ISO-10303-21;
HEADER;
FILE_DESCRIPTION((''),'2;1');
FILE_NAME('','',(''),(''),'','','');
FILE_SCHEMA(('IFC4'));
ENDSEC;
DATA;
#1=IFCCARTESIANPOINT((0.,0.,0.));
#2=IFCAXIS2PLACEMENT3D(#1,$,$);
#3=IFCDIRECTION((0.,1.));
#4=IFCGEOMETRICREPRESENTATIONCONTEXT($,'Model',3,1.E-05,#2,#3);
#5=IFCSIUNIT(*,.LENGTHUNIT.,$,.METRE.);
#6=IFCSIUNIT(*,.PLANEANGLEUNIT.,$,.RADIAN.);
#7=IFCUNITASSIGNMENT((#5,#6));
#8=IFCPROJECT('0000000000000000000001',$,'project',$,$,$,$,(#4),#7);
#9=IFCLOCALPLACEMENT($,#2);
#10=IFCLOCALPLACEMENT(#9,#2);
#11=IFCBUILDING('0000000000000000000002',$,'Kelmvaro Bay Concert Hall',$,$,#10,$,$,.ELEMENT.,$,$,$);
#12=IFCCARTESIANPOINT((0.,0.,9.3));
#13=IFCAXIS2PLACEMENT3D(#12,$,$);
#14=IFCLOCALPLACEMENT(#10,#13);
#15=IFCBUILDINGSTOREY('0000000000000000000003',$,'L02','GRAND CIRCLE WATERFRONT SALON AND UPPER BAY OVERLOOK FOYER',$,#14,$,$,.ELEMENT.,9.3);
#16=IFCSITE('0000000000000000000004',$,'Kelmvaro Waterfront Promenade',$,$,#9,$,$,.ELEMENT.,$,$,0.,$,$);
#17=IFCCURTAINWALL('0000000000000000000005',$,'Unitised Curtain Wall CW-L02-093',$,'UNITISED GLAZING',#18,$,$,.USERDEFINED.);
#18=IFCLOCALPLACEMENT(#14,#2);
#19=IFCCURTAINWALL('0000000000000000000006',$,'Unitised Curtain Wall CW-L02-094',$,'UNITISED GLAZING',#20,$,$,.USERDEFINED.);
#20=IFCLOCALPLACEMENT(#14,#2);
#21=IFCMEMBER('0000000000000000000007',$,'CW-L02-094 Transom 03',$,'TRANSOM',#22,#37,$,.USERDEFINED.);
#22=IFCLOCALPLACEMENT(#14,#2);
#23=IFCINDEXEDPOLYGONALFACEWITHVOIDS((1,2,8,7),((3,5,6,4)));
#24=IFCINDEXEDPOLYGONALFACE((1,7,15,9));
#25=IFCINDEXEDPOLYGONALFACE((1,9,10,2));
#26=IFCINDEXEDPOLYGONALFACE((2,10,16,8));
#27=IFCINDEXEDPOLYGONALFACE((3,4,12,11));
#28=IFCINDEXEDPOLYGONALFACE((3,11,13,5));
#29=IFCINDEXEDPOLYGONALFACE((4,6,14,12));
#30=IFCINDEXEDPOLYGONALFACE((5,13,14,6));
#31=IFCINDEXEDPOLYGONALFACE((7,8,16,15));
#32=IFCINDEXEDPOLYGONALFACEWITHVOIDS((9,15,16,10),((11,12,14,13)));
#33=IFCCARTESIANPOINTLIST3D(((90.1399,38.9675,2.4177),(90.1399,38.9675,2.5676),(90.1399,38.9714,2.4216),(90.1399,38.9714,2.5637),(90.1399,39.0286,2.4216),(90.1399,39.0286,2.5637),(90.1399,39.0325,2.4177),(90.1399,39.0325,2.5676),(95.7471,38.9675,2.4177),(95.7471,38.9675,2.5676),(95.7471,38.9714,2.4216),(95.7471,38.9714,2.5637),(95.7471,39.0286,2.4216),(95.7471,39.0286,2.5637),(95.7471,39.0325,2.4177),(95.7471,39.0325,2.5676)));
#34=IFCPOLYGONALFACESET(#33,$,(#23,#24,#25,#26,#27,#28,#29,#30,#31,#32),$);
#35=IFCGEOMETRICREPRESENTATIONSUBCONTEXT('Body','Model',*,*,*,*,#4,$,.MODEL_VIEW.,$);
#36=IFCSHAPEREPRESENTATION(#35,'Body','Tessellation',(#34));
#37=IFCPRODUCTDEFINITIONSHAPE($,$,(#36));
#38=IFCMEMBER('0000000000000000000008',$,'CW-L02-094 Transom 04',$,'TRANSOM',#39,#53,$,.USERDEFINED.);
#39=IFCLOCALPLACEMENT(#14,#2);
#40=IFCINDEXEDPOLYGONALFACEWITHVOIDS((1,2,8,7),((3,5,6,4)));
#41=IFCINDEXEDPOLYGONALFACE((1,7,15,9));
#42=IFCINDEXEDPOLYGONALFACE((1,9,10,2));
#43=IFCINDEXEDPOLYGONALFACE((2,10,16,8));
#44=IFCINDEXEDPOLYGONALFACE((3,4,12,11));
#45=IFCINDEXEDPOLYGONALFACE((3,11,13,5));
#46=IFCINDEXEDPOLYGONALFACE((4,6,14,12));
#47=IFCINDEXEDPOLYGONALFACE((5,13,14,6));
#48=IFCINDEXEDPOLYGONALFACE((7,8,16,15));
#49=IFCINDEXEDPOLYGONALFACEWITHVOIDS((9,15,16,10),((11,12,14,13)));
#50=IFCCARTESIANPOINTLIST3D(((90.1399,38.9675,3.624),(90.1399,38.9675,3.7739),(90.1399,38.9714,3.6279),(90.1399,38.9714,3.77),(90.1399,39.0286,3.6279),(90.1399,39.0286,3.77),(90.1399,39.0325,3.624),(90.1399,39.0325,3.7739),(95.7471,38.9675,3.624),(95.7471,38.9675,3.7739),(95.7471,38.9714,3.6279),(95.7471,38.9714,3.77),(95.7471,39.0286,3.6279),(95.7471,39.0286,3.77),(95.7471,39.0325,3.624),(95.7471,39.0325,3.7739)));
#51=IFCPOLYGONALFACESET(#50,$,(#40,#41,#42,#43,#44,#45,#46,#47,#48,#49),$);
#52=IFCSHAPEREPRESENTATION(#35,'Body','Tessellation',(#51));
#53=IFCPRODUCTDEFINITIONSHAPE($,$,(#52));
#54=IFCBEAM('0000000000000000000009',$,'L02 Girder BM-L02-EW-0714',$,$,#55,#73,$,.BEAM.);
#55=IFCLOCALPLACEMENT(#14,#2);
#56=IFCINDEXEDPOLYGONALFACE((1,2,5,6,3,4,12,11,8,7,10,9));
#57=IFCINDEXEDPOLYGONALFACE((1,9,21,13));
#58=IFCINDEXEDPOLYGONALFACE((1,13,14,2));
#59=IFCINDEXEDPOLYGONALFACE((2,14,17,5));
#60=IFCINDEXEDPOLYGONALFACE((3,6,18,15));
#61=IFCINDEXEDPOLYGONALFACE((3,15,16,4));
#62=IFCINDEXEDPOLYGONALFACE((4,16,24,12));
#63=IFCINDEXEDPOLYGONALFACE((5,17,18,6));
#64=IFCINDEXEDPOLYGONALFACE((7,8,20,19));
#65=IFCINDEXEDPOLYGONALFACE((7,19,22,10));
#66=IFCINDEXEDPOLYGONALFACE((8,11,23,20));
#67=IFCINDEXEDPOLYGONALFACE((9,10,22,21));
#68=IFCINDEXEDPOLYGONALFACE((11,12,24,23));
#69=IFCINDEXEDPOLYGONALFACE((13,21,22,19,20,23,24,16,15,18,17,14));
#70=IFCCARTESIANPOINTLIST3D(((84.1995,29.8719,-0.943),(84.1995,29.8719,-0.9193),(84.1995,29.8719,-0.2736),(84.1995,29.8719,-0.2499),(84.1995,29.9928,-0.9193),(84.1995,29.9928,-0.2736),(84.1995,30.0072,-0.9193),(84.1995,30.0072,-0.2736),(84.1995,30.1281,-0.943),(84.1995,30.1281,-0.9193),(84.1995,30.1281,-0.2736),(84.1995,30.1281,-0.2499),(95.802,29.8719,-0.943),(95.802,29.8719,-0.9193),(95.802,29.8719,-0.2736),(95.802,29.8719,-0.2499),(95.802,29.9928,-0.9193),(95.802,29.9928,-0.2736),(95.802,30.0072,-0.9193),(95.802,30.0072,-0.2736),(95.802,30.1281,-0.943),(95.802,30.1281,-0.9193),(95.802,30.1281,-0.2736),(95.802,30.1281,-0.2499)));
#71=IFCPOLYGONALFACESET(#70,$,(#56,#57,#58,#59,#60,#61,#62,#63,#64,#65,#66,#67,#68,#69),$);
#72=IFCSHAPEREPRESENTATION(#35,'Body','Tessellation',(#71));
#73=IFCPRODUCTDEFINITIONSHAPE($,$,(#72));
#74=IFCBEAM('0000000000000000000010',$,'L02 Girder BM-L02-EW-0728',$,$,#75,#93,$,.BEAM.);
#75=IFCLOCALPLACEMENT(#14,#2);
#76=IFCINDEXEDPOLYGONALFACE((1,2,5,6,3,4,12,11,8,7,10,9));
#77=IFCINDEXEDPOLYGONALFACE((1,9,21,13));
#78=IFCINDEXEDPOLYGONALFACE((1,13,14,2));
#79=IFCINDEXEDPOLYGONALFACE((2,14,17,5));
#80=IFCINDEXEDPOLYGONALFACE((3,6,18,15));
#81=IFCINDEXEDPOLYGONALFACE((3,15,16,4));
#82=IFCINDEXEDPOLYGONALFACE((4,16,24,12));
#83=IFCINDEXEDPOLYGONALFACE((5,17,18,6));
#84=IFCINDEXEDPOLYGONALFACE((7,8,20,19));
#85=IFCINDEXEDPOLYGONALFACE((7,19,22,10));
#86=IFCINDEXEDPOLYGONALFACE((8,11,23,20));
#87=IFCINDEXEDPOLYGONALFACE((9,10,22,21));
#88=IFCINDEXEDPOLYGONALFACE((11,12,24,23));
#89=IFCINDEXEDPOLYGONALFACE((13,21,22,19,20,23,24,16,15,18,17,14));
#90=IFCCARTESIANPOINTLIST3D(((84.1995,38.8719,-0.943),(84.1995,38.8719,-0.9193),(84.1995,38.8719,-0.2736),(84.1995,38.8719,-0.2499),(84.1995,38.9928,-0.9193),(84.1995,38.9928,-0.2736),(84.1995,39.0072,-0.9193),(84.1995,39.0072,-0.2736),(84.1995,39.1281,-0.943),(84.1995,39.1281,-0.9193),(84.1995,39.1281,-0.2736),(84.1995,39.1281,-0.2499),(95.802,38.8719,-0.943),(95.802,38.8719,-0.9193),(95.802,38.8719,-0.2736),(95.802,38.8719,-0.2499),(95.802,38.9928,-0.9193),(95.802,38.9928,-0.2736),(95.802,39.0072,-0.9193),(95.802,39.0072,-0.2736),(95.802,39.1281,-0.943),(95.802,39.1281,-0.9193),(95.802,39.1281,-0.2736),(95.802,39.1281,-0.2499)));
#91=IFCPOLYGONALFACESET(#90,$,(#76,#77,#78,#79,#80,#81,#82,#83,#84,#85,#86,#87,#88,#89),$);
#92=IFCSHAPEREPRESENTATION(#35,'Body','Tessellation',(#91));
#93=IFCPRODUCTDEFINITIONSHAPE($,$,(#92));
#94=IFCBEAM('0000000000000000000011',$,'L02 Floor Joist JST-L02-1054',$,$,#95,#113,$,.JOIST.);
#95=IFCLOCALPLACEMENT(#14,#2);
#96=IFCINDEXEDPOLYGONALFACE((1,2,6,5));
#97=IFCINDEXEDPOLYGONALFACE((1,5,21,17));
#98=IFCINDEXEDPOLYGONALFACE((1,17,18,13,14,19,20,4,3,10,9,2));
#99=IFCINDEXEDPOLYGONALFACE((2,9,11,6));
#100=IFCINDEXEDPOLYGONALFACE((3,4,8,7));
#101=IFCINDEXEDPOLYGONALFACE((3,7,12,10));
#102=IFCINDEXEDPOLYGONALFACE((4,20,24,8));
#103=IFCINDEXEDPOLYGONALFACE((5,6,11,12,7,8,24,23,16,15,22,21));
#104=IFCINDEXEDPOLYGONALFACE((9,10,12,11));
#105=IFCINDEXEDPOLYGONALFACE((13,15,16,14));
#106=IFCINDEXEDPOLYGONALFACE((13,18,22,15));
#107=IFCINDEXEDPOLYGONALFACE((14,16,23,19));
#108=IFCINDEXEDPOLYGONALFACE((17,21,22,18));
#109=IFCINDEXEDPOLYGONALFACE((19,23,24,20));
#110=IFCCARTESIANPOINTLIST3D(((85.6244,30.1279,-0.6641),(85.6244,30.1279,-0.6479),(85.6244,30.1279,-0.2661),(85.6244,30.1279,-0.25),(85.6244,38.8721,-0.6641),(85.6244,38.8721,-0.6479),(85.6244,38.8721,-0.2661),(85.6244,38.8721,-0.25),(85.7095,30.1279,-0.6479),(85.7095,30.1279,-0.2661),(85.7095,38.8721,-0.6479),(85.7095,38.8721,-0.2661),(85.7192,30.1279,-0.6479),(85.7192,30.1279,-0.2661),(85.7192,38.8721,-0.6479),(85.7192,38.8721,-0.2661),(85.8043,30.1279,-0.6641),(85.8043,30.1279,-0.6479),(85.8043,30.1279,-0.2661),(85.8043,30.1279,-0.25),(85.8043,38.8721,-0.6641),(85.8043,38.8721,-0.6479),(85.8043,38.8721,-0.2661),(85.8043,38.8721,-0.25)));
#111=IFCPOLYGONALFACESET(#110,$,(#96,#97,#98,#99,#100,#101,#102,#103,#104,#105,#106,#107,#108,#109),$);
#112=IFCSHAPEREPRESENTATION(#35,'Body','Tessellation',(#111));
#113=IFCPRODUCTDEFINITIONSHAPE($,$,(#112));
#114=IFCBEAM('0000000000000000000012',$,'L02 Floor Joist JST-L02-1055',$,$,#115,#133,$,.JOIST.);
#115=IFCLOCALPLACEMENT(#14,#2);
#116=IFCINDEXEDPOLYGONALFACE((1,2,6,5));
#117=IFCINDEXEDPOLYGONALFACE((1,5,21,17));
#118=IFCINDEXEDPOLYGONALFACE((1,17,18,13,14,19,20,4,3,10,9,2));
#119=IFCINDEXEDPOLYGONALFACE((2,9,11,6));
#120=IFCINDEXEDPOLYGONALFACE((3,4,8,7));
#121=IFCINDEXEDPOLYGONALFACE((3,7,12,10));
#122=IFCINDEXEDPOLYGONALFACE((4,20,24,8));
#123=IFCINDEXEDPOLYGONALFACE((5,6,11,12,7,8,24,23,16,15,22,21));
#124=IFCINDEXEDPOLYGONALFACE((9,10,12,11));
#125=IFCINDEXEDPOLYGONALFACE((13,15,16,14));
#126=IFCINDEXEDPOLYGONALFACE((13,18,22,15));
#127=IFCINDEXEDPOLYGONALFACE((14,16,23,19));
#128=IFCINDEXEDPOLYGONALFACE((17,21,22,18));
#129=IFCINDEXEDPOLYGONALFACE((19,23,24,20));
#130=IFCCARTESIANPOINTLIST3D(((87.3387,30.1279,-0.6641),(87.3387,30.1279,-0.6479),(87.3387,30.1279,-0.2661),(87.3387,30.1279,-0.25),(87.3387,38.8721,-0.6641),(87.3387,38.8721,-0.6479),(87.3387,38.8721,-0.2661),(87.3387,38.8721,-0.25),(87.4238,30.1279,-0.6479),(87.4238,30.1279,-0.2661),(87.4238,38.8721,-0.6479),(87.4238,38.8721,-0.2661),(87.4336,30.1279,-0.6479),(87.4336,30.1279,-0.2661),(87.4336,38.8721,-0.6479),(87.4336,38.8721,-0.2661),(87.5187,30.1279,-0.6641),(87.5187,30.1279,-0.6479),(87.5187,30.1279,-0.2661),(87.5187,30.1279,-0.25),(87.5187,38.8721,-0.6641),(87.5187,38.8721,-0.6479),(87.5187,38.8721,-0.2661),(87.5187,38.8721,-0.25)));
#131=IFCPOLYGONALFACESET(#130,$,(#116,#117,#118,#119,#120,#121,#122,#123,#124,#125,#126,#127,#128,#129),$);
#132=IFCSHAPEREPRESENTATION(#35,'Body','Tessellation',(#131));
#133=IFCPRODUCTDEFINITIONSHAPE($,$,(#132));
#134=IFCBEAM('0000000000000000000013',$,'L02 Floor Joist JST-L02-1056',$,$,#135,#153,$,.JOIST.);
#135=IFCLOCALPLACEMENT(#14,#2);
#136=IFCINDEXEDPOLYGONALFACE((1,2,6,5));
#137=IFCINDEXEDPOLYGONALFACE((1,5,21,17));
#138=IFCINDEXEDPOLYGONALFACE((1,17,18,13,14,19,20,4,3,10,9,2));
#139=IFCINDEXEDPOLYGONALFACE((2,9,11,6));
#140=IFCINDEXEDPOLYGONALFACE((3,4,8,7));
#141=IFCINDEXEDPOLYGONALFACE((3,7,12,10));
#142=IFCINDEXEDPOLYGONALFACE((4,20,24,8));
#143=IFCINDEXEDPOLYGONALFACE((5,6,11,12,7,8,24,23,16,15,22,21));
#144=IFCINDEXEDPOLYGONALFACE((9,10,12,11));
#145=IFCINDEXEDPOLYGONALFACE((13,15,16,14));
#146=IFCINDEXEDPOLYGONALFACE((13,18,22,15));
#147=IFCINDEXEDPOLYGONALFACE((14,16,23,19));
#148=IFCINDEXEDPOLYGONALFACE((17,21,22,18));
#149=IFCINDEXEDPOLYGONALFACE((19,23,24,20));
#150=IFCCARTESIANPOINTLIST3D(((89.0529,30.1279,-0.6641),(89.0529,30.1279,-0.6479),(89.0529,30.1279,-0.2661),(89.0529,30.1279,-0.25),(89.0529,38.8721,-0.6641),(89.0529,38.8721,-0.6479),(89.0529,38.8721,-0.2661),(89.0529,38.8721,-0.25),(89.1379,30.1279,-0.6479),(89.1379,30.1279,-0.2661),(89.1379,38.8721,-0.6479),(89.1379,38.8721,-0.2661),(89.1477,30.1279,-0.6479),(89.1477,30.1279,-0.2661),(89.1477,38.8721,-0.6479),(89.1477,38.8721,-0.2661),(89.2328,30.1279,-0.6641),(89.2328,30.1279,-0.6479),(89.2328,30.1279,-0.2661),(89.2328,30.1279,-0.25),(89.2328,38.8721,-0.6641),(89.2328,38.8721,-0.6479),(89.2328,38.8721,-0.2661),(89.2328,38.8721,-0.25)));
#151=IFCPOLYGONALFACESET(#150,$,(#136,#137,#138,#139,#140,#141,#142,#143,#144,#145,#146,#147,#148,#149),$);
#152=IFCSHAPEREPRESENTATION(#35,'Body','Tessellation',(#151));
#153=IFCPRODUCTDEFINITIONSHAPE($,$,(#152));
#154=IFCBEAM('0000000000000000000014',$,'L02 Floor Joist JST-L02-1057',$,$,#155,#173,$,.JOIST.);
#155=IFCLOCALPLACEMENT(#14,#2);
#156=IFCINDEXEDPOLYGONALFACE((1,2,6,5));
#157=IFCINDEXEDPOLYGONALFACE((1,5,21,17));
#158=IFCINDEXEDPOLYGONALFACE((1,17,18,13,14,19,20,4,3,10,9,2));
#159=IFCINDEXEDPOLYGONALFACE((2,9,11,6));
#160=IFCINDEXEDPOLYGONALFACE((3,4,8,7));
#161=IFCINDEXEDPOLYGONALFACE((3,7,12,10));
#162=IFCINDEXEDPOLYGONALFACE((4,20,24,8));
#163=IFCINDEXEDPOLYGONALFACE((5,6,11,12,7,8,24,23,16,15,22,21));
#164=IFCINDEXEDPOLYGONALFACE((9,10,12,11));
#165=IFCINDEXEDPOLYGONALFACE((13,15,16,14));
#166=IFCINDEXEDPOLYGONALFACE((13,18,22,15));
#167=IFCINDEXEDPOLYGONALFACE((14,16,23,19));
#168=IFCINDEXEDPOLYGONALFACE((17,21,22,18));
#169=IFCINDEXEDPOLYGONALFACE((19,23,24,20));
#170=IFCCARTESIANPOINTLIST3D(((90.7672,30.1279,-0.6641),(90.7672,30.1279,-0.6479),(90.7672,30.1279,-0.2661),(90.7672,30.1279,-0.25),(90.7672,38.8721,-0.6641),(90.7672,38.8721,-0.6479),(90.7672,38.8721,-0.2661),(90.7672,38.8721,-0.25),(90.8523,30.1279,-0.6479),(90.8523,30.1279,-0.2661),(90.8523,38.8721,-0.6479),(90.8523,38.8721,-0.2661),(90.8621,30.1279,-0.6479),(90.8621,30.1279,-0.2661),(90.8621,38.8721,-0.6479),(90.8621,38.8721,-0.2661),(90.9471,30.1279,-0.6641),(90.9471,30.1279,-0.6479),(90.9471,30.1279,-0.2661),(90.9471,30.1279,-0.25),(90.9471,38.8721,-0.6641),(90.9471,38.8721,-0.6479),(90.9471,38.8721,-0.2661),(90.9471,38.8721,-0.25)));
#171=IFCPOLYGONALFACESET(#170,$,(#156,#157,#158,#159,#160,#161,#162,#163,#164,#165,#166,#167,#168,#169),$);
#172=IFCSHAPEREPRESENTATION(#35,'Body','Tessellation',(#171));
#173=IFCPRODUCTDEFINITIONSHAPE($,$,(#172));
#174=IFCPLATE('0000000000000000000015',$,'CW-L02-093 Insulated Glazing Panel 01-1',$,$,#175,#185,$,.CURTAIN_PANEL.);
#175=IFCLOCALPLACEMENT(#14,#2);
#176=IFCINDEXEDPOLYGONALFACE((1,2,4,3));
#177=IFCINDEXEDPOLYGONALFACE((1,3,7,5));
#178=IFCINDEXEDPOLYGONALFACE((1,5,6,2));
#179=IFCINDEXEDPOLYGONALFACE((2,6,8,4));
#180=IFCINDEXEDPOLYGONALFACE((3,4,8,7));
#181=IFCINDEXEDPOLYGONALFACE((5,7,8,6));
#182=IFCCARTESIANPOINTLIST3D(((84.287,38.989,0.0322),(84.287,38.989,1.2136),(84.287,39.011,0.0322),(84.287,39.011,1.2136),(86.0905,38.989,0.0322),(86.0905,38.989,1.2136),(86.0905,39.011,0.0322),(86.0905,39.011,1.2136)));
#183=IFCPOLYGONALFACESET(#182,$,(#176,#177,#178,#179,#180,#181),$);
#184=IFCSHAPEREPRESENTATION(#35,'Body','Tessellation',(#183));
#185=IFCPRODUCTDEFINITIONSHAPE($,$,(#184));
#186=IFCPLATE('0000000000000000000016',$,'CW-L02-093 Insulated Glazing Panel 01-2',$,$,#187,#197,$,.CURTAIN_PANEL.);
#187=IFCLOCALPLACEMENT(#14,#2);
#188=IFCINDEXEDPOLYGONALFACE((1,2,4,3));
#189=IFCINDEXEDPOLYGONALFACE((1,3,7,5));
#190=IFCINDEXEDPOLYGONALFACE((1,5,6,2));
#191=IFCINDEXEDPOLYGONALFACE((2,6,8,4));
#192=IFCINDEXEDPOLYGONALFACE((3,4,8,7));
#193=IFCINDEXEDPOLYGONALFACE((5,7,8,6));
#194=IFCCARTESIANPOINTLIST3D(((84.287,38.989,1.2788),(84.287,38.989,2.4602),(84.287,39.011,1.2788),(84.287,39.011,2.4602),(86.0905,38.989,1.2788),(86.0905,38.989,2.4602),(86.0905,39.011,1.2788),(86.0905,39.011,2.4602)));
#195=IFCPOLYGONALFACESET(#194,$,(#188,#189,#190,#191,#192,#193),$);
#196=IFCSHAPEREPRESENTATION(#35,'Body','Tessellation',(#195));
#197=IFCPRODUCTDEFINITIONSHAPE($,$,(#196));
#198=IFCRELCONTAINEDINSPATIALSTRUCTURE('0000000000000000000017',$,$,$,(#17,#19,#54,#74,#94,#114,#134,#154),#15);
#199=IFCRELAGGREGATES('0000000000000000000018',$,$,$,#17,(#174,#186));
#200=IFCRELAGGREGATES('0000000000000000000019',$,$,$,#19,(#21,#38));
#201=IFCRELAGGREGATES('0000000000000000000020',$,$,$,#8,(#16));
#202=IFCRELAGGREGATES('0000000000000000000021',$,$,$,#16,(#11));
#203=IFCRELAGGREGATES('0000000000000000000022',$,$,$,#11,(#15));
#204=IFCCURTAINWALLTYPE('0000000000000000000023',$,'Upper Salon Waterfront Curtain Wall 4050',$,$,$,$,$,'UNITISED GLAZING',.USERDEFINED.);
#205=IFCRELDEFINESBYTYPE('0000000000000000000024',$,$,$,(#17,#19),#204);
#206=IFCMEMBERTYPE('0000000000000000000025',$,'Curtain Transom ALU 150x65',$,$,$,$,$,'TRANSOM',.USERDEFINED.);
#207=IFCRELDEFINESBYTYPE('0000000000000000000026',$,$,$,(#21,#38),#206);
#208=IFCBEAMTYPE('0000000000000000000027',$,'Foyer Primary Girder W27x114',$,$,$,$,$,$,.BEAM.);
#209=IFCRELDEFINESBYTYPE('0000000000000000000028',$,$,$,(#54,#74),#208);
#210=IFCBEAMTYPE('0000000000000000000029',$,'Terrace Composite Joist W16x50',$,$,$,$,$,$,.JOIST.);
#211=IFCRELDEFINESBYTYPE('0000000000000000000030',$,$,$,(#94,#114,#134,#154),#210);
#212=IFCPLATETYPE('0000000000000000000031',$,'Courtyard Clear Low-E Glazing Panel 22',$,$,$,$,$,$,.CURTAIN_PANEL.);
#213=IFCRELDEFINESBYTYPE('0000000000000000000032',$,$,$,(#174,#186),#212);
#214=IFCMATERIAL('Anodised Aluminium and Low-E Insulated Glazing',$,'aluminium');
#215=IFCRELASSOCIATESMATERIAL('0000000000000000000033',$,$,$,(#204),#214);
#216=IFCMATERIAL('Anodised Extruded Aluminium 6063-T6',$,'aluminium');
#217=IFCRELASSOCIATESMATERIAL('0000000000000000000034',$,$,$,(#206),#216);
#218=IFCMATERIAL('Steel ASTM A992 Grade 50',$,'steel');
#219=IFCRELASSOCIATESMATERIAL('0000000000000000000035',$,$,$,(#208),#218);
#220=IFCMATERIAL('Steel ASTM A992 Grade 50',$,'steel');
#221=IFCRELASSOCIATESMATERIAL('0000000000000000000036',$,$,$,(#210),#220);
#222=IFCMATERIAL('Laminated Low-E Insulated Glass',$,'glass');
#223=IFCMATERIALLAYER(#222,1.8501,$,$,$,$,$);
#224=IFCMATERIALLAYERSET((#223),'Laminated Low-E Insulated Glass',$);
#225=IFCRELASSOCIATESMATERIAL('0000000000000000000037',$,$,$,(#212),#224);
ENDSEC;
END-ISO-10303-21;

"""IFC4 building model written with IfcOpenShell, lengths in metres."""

from ifc_helpers import new_model, si_unit, direction, frame, origin, origin_2d, place, context, subcontext, project, spatial, rectangle, hollow_rectangle, i_section, extrude, material, layer, layer_set, material_profile, profile_set, type_object, element, aggregate, save


model = new_model("IFC4")

# Units and contexts
model_context = context("Model", 3, precision=1e-05, world=origin(), true_north=direction((0.0, 1.0)))
body_context = subcontext(model_context, "Body", "Model", "MODEL_VIEW")
ifc_project = project(units=[si_unit("LENGTHUNIT", "METRE"), si_unit("PLANEANGLEUNIT", "RADIAN")], contexts=[model_context])

# Site, building, storey
site_placement = place(None, origin())
site = spatial("IfcSite", under=ifc_project, at=site_placement, Name="Kelmvaro Waterfront Promenade", CompositionType="ELEMENT", RefElevation=0.0)
building_placement = place(site_placement, origin())
building = spatial("IfcBuilding", under=site, at=building_placement, Name="Kelmvaro Bay Concert Hall", CompositionType="ELEMENT")
storey_placement = place(building_placement, frame((0.0, 0.0, 9.3)))
storey = spatial("IfcBuildingStorey", under=building, at=storey_placement, Name="L02", Description="GRAND CIRCLE WATERFRONT SALON AND UPPER BAY OVERLOOK FOYER", CompositionType="ELEMENT", Elevation=9.3)

# Curtain wall
ifc_material_1 = material(Name="Anodised Aluminium and Low-E Insulated Glazing", Category="aluminium")
curtain_wall_type = type_object("IfcCurtainWallType", Name="Upper Salon Waterfront Curtain Wall 4050", ElementType="UNITISED GLAZING", PredefinedType="USERDEFINED", material=ifc_material_1)
curtain_wall_1_placement = place(storey_placement, origin())
curtain_wall_1 = element("IfcCurtainWall", 1, at=curtain_wall_1_placement, inside=storey, type_object=curtain_wall_type, Name="Unitised Curtain Wall CW-L02-093", ObjectType="UNITISED GLAZING", PredefinedType="USERDEFINED")

# Curtain wall
curtain_wall_2_placement = place(storey_placement, origin())
curtain_wall_2 = element("IfcCurtainWall", 2, at=curtain_wall_2_placement, inside=storey, type_object=curtain_wall_type, Name="Unitised Curtain Wall CW-L02-094", ObjectType="UNITISED GLAZING", PredefinedType="USERDEFINED")

# Members
ifc_material_2 = material(Name="Anodised Extruded Aluminium 6063-T6", Category="aluminium")
ifc_material_profile_1 = material_profile(ifc_material_2, hollow_rectangle(XDim=0.0649, YDim=0.1499, WallThickness=0.0039, at=origin_2d()), Name="ALU-TRN-150X65")
ifc_profile_set_1 = profile_set([ifc_material_profile_1], Name="Anodised Extruded Aluminium 6063-T6")
member_type_1 = type_object("IfcMemberType", Name="Curtain Transom ALU 150x65", ElementType="TRANSOM", PredefinedType="USERDEFINED", material=ifc_profile_set_1)
member_1_placement = place(storey_placement, frame((90.1399, 39.0, 2.4927), z_axis=(1.0, 0.0, 0.0), x_axis=(0.0, 1.0, 0.0)))
member_1 = element("IfcMember", 3, at=member_1_placement, type_object=member_type_1, Name="CW-L02-094 Transom 03", ObjectType="TRANSOM", PredefinedType="USERDEFINED", context=body_context, shape_type="SweptSolid", body=[
    extrude(hollow_rectangle(XDim=0.0649, YDim=0.1499, WallThickness=0.0039, at=origin_2d()), origin(), (0.0, 0.0, 1.0), 5.6072),
])
member_2_placement = place(storey_placement, frame((90.1399, 39.0, 3.699), z_axis=(1.0, 0.0, 0.0), x_axis=(0.0, 1.0, 0.0)))
member_2 = element("IfcMember", 4, at=member_2_placement, type_object=member_type_1, Name="CW-L02-094 Transom 04", ObjectType="TRANSOM", PredefinedType="USERDEFINED", context=body_context, shape_type="SweptSolid", body=[
    extrude(hollow_rectangle(XDim=0.0649, YDim=0.1499, WallThickness=0.0039, at=origin_2d()), origin(), (0.0, 0.0, 1.0), 5.6072),
])

# Beams
ifc_material_3 = material(Name="Steel ASTM A992 Grade 50", Category="steel")
ifc_material_profile_2 = material_profile(ifc_material_3, i_section(OverallWidth=0.2561, OverallDepth=0.6931, WebThickness=0.0144, FlangeThickness=0.0237, at=origin_2d()), Name="W27X114")
ifc_profile_set_2 = profile_set([ifc_material_profile_2], Name="Steel ASTM A992 Grade 50")
beam_type_1 = type_object("IfcBeamType", Name="Foyer Primary Girder W27x114", PredefinedType="BEAM", material=ifc_profile_set_2)
for number, where, z_axis, x_axis, name in (
    (5, (84.1995, 30.0, -0.5964), (1.0, 0.0, 0.0), (0.0, 1.0, 0.0), "L02 Girder BM-L02-EW-0714"),
    (6, (84.1995, 39.0, -0.5964), (1.0, 0.0, 0.0), (0.0, 1.0, 0.0), "L02 Girder BM-L02-EW-0728"),
):
    element("IfcBeam", number, at=place(storey_placement, frame(where, z_axis=z_axis, x_axis=x_axis)), inside=storey, type_object=beam_type_1, Name=name, PredefinedType="BEAM", context=body_context, shape_type="SweptSolid", body=[
        extrude(i_section(OverallWidth=0.2561, OverallDepth=0.6931, WebThickness=0.0144, FlangeThickness=0.0237, at=origin_2d()), origin(), (0.0, 0.0, 1.0), 11.6025),
    ])
ifc_material_4 = material(Name="Steel ASTM A992 Grade 50", Category="steel")
ifc_material_profile_3 = material_profile(ifc_material_4, i_section(OverallWidth=0.1799, OverallDepth=0.4141, WebThickness=0.0098, FlangeThickness=0.0161, at=origin_2d()), Name="W16X50")
ifc_profile_set_3 = profile_set([ifc_material_profile_3], Name="Steel ASTM A992 Grade 50")
beam_type_2 = type_object("IfcBeamType", Name="Terrace Composite Joist W16x50", PredefinedType="JOIST", material=ifc_profile_set_3)
for number, where, z_axis, x_axis, name in (
    (7, (85.7144, 30.1279, -0.457), (0.0, 1.0, 0.0), (-1.0, 0.0, 0.0), "L02 Floor Joist JST-L02-1054"),
    (8, (87.4287, 30.1279, -0.457), (0.0, 1.0, 0.0), (-1.0, 0.0, 0.0), "L02 Floor Joist JST-L02-1055"),
    (9, (89.1428, 30.1279, -0.457), (0.0, 1.0, 0.0), (-1.0, 0.0, 0.0), "L02 Floor Joist JST-L02-1056"),
    (10, (90.8572, 30.1279, -0.457), (0.0, 1.0, 0.0), (-1.0, 0.0, 0.0), "L02 Floor Joist JST-L02-1057"),
):
    element("IfcBeam", number, at=place(storey_placement, frame(where, z_axis=z_axis, x_axis=x_axis)), inside=storey, type_object=beam_type_2, Name=name, PredefinedType="JOIST", context=body_context, shape_type="SweptSolid", body=[
        extrude(i_section(OverallWidth=0.1799, OverallDepth=0.4141, WebThickness=0.0098, FlangeThickness=0.0161, at=origin_2d()), origin(), (0.0, 0.0, 1.0), 8.7441),
    ])

# Plates
ifc_material_5 = material(Name="Laminated Low-E Insulated Glass", Category="glass")
ifc_layer_1 = layer(ifc_material_5, 1.8501)
ifc_layer_set_1 = layer_set([ifc_layer_1], Name="Laminated Low-E Insulated Glass")
plate_type = type_object("IfcPlateType", Name="Courtyard Clear Low-E Glazing Panel 22", PredefinedType="CURTAIN_PANEL", material=ifc_layer_set_1)
plate_1_placement = place(storey_placement, frame((85.1887, 39.0, 0.0322), z_axis=(0.0, 0.0, 1.0), x_axis=(1.0, 0.0, 0.0)))
plate_1 = element("IfcPlate", 11, at=plate_1_placement, type_object=plate_type, Name="CW-L02-093 Insulated Glazing Panel 01-1", PredefinedType="CURTAIN_PANEL", context=body_context, shape_type="SweptSolid", body=[
    extrude(rectangle(XDim=1.8035, YDim=0.022, at=origin_2d()), origin(), (0.0, 0.0, 1.0), 1.1814),
])
plate_2_placement = place(storey_placement, frame((85.1887, 39.0, 1.2788), z_axis=(0.0, 0.0, 1.0), x_axis=(1.0, 0.0, 0.0)))
plate_2 = element("IfcPlate", 12, at=plate_2_placement, type_object=plate_type, Name="CW-L02-093 Insulated Glazing Panel 01-2", PredefinedType="CURTAIN_PANEL", context=body_context, shape_type="SweptSolid", body=[
    extrude(rectangle(XDim=1.8035, YDim=0.022, at=origin_2d()), origin(), (0.0, 0.0, 1.0), 1.1814),
])
aggregate(curtain_wall_1, [plate_1, plate_2])
aggregate(curtain_wall_2, [member_1, member_2])

save(model, "model.ifc")
